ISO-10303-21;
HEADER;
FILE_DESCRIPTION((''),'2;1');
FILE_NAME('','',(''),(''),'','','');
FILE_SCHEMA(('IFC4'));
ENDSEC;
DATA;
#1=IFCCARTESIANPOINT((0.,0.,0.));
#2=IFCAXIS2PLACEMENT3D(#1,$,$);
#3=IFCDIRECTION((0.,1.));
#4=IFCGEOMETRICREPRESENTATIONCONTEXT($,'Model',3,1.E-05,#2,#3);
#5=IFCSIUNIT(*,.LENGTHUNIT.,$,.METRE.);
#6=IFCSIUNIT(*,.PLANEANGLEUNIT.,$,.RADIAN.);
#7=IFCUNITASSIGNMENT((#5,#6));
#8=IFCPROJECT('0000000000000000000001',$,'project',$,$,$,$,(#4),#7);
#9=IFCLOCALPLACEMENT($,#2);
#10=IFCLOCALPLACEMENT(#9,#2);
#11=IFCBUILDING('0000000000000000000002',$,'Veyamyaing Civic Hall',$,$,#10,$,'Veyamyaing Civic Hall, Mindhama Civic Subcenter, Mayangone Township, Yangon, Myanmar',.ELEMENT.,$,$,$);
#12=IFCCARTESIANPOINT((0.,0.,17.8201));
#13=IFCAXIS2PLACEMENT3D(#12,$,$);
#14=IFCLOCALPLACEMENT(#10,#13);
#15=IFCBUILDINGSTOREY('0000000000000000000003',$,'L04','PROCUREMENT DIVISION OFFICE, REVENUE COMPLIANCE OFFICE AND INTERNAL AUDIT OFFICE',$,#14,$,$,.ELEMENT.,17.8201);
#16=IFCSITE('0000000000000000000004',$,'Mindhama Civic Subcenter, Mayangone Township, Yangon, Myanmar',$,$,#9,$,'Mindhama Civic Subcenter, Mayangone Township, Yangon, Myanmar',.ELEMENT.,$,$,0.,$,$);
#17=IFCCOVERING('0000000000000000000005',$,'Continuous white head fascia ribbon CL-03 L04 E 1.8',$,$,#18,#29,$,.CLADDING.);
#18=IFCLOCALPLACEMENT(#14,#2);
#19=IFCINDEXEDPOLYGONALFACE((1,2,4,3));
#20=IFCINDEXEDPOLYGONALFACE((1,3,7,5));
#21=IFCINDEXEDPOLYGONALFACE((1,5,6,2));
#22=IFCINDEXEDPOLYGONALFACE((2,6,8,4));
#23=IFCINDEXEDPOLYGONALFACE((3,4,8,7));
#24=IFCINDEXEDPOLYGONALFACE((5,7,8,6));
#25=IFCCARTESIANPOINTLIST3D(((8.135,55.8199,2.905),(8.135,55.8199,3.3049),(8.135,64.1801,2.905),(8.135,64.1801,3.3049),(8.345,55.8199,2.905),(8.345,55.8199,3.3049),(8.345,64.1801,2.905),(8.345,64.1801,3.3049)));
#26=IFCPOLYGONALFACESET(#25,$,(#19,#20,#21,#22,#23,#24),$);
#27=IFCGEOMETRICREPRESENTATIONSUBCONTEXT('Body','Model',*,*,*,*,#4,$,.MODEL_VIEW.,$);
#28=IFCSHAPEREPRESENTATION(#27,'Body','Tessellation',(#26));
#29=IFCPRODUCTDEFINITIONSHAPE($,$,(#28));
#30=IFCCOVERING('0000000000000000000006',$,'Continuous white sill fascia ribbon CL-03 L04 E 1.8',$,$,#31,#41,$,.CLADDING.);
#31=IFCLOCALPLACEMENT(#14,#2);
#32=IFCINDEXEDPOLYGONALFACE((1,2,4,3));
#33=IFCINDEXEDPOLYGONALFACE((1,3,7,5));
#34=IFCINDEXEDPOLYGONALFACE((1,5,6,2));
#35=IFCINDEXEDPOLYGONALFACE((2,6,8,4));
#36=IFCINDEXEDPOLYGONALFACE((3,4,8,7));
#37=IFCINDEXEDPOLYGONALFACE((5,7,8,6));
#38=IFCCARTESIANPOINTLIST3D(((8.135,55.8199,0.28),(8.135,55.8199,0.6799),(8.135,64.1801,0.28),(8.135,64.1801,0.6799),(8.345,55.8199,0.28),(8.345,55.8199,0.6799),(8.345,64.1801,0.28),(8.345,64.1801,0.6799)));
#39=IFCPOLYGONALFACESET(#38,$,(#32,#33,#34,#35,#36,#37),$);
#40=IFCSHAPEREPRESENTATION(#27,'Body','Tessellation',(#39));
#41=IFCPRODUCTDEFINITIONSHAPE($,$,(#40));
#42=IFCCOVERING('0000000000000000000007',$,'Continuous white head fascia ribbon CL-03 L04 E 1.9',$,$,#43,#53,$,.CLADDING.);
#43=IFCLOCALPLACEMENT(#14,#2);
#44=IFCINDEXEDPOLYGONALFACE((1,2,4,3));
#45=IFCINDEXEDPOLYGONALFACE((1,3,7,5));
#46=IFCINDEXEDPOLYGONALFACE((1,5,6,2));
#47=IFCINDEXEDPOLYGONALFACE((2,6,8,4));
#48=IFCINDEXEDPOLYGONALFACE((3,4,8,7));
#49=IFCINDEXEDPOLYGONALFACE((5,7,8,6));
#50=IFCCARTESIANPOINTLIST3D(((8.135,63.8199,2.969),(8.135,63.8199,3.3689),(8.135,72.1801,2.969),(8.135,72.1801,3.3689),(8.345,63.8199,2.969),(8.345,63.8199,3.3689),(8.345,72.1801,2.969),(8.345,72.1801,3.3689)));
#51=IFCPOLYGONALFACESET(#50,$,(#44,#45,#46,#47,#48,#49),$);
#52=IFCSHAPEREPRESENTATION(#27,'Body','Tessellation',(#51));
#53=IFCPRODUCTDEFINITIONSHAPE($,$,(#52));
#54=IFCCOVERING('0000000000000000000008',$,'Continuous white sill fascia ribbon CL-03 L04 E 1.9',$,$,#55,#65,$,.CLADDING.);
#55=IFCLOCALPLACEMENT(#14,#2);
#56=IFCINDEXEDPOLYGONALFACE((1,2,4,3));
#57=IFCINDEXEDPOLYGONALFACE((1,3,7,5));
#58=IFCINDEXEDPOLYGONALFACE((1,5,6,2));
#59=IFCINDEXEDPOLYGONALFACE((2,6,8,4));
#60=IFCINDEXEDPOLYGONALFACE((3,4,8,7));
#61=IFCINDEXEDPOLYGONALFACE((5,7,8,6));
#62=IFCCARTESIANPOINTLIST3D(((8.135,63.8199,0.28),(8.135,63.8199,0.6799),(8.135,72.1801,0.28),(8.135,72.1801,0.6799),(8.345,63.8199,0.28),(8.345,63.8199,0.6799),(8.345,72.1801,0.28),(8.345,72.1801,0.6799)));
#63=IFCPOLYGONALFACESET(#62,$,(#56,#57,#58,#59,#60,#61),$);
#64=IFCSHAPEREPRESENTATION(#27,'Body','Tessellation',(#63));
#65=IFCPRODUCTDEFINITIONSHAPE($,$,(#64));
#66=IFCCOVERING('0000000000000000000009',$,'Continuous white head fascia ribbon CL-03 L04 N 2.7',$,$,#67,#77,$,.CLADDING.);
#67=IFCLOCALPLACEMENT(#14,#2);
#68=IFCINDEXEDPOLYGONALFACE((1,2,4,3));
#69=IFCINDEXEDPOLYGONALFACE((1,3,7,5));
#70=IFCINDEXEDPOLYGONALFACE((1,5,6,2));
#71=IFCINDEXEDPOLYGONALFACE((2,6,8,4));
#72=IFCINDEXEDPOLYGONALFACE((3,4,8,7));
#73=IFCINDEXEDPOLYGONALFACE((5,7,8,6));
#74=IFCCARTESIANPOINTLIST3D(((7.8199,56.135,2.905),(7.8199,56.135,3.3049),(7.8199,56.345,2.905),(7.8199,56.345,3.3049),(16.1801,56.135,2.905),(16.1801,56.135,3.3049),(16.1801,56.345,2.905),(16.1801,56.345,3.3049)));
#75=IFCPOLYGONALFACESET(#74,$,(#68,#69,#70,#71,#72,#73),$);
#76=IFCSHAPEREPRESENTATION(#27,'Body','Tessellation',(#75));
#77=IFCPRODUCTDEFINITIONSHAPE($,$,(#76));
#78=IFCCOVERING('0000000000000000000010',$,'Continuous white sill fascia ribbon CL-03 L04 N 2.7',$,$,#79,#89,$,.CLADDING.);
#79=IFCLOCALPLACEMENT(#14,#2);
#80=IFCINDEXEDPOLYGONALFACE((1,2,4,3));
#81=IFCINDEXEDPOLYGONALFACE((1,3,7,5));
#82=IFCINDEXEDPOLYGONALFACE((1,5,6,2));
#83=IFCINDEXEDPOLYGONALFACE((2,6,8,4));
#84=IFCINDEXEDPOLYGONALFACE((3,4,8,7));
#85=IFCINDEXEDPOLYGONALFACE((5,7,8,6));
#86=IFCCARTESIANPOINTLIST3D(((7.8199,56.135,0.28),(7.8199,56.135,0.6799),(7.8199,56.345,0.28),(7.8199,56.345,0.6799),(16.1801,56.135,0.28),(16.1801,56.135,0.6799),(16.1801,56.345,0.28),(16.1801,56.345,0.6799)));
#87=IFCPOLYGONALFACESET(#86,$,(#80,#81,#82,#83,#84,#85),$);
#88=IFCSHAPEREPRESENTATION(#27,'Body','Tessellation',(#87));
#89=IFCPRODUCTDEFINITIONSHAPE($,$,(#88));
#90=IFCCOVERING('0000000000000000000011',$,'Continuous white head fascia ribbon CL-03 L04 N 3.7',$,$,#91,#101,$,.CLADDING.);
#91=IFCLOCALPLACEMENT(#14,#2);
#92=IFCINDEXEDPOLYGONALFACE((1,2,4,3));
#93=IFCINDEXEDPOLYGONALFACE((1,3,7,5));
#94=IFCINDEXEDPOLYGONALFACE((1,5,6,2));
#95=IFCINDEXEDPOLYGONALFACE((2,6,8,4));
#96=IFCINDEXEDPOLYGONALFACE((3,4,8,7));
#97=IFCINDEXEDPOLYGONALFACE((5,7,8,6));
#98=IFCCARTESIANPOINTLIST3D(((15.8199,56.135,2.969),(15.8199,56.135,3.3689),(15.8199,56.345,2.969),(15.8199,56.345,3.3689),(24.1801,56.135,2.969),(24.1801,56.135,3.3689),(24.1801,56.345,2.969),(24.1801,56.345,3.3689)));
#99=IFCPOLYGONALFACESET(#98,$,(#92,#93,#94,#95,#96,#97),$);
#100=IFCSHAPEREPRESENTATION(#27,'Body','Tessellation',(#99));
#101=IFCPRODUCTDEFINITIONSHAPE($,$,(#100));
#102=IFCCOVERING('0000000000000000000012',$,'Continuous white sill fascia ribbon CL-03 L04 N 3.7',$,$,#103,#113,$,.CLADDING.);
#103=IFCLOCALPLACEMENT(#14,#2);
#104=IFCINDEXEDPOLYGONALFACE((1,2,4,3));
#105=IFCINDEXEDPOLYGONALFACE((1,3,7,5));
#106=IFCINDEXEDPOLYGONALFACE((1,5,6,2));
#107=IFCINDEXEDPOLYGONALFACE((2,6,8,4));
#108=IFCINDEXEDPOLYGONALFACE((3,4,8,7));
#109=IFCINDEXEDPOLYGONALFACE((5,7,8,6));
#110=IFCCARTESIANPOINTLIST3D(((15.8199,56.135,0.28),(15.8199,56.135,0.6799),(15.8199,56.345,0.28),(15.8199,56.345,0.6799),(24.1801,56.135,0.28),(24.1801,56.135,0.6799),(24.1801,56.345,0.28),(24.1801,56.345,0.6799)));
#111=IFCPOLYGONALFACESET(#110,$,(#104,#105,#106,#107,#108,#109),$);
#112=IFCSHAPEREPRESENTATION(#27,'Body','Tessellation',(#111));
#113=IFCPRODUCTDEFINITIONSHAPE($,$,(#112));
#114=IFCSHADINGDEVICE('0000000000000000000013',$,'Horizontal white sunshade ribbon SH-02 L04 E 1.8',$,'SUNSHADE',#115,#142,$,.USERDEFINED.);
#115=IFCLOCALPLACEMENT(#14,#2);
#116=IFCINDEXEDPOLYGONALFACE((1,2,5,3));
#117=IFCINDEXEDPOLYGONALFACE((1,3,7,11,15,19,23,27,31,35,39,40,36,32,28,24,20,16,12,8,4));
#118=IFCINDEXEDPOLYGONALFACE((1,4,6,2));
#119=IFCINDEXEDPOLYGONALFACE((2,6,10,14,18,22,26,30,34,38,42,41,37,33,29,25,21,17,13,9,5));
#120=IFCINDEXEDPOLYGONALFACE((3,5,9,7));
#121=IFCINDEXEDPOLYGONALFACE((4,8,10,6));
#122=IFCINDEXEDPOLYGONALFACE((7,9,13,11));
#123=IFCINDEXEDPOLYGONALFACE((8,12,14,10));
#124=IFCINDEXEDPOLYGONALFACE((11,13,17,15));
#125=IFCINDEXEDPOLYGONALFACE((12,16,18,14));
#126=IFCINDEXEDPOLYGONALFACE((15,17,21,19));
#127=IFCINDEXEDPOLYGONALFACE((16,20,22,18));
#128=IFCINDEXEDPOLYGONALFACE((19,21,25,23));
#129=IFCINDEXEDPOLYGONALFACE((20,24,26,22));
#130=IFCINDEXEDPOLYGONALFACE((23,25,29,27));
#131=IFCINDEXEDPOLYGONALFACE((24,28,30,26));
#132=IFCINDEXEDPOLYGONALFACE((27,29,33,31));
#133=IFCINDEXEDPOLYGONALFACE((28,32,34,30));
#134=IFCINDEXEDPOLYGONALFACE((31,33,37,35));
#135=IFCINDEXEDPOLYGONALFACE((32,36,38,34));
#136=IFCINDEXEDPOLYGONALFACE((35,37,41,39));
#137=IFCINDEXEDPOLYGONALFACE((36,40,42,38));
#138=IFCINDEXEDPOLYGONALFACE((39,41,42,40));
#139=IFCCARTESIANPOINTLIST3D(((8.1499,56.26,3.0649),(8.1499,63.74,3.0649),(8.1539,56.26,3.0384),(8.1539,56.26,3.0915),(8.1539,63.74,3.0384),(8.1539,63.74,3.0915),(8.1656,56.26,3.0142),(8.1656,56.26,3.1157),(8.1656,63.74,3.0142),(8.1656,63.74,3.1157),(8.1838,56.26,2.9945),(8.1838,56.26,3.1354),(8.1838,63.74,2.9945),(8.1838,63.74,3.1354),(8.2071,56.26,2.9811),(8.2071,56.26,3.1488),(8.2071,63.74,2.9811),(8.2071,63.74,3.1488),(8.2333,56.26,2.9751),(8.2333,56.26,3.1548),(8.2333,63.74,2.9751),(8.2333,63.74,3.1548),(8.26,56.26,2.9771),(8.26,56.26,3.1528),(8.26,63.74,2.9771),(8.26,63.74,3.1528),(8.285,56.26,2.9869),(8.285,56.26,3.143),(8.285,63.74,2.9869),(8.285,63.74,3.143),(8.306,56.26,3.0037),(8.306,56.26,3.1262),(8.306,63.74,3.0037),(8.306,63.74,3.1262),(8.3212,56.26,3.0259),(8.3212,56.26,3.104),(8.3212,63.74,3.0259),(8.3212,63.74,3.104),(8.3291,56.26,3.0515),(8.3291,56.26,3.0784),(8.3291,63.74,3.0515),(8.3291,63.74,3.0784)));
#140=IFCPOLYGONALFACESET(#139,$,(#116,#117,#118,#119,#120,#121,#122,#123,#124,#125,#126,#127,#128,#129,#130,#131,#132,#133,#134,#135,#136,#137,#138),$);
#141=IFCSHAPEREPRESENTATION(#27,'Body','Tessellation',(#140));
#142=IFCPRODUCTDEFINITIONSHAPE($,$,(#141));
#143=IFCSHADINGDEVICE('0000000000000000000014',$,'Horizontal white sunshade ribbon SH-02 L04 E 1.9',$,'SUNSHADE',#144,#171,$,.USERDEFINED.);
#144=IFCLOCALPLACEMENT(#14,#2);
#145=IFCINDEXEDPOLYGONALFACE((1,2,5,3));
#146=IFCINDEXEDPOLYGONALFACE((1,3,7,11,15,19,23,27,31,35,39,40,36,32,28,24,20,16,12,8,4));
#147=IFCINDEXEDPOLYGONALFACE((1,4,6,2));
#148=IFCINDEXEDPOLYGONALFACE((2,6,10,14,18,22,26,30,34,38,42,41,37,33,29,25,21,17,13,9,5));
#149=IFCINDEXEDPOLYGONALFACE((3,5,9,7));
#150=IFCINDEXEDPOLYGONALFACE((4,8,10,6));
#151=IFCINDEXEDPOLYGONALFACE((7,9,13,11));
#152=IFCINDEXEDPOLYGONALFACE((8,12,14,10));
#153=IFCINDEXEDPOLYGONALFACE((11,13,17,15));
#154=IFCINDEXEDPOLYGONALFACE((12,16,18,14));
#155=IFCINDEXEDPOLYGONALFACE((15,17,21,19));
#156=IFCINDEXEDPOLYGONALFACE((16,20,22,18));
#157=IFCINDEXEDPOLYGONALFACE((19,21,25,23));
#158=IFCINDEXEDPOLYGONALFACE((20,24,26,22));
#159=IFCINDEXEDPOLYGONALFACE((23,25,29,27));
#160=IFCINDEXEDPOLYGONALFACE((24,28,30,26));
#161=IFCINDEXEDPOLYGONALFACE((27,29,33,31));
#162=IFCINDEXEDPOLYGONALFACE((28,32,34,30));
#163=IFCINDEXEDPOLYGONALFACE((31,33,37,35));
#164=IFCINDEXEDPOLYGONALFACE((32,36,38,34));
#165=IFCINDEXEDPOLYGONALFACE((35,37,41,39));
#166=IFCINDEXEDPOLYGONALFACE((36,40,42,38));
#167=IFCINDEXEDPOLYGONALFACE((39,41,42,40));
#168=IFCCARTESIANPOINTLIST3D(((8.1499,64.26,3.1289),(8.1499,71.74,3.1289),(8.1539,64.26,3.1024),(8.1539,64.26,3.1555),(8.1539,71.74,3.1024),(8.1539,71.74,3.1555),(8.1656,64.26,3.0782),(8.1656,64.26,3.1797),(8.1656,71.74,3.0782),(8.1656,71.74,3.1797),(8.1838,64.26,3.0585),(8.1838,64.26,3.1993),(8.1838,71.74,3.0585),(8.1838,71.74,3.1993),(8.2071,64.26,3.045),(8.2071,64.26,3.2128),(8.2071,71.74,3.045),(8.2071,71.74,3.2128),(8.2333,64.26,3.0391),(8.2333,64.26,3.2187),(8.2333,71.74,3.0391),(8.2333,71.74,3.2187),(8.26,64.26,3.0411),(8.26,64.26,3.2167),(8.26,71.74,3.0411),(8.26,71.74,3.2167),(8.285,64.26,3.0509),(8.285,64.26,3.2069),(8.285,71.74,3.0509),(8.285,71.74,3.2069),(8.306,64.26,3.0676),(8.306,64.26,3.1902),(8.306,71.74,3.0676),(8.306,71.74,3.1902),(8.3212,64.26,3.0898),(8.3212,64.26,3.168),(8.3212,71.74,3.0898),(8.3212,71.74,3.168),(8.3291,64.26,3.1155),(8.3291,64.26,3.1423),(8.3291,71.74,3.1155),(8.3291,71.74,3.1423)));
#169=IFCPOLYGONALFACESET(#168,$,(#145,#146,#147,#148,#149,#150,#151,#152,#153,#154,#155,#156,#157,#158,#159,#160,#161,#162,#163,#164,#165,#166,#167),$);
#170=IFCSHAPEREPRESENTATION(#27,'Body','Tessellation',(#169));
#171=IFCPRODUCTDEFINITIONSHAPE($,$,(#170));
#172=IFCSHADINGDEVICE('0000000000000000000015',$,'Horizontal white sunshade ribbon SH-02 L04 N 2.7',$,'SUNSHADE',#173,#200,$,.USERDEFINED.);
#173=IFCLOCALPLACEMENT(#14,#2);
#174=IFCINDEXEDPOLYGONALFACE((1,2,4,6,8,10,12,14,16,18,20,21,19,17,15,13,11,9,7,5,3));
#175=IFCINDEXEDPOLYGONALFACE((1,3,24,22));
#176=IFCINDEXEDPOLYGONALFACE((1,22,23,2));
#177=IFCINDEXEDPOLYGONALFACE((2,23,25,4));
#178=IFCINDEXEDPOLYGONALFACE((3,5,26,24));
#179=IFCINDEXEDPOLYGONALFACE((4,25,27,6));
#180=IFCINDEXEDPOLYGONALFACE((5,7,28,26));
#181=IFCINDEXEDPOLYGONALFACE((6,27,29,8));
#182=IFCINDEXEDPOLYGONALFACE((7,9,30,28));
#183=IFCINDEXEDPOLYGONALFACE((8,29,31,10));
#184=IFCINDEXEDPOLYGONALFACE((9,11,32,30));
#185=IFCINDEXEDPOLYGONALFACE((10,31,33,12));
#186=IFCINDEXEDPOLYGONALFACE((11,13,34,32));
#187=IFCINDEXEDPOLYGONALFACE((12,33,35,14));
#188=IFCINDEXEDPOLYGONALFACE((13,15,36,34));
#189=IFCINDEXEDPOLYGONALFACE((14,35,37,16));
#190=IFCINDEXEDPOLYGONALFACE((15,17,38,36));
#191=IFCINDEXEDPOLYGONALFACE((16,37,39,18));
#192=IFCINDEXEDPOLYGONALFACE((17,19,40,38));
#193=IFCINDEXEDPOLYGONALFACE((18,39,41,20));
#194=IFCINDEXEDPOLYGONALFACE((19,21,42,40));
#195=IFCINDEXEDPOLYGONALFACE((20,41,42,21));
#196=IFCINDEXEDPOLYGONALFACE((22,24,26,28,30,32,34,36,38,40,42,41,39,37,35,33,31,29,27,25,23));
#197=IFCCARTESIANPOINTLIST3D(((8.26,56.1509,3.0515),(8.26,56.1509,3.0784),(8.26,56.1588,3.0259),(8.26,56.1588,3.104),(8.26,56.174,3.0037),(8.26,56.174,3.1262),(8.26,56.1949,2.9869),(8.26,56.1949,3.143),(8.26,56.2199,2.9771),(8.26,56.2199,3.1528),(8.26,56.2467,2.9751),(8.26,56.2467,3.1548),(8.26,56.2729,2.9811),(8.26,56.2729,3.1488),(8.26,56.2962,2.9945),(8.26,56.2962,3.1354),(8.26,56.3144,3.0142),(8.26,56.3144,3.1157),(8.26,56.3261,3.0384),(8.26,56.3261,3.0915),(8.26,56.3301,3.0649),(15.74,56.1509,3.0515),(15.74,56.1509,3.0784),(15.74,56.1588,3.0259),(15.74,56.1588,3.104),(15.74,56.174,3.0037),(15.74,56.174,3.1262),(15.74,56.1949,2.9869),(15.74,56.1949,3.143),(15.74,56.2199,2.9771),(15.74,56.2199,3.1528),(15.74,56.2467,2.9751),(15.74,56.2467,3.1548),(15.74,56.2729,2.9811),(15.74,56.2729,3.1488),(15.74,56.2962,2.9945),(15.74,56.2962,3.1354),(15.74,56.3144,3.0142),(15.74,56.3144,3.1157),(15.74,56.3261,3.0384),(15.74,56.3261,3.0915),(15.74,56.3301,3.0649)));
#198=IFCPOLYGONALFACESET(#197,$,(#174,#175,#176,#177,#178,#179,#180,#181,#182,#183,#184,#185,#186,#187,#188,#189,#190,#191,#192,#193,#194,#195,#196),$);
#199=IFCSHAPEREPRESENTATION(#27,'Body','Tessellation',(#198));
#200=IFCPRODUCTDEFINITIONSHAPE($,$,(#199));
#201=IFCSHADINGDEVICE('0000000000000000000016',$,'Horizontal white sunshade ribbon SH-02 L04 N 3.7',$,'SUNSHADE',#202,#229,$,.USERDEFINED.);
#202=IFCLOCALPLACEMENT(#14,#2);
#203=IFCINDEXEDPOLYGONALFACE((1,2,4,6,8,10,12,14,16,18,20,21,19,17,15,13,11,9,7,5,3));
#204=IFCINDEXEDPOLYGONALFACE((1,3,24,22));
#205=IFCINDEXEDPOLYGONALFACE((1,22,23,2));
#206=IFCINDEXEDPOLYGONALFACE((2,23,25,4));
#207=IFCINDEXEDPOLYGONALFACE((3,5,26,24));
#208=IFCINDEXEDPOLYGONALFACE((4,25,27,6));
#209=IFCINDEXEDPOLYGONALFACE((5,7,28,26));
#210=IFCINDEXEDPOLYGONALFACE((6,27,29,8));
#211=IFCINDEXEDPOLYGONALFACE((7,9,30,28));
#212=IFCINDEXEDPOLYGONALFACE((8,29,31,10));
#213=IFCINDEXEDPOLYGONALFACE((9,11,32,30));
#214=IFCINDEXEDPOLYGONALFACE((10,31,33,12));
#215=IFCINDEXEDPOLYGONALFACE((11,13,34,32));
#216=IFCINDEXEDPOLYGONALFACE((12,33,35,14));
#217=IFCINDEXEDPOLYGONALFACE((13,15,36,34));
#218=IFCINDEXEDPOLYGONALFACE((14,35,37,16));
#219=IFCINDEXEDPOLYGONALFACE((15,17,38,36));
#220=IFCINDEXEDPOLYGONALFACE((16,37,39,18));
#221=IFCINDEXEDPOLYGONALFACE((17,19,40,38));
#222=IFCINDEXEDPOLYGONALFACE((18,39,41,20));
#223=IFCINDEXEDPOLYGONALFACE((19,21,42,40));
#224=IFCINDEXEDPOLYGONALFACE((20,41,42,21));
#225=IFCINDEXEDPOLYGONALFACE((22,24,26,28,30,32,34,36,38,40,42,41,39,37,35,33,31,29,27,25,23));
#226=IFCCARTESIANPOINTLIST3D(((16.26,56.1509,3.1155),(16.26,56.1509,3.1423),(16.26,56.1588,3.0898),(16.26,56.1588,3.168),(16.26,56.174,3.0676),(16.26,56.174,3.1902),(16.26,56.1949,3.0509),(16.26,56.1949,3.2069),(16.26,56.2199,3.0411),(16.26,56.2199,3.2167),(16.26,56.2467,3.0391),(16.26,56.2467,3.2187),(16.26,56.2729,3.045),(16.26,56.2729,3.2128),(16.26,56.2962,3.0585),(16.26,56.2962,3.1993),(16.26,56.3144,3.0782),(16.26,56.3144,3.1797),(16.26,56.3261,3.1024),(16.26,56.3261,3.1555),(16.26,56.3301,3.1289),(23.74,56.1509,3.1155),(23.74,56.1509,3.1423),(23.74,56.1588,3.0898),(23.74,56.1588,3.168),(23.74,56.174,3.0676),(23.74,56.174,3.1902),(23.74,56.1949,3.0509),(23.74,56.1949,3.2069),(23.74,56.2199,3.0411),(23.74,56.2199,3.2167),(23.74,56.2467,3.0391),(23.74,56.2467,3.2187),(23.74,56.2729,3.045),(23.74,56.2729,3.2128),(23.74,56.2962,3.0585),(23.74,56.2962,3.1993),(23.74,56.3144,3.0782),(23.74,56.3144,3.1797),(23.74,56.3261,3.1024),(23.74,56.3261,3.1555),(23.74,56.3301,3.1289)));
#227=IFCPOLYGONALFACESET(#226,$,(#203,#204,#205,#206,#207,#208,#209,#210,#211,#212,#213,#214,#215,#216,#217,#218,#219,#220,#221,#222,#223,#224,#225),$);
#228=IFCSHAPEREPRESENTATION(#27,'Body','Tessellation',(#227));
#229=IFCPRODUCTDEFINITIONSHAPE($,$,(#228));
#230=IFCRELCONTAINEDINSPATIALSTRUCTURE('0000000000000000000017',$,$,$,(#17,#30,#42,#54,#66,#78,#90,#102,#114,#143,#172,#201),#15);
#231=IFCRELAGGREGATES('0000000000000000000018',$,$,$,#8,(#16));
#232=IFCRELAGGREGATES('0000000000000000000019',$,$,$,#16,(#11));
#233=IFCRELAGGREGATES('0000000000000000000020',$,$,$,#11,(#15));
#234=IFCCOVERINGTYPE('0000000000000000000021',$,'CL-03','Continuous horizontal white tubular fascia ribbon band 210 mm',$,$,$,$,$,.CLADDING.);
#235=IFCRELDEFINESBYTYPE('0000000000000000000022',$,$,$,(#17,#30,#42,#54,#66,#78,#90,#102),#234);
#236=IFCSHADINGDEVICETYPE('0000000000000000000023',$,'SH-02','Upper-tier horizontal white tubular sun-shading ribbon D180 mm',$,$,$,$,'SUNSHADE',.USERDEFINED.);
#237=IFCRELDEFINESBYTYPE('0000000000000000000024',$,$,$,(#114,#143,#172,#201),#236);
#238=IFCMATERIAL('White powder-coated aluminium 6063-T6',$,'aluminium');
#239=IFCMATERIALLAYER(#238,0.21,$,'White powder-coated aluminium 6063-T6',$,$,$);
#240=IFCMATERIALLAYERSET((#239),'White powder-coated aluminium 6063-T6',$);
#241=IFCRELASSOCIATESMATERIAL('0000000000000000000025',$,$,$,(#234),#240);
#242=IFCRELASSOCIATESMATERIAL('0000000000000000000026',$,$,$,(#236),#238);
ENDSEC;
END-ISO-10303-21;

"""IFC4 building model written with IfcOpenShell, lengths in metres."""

from ifc_helpers import new_model, si_unit, direction, frame, origin, origin_2d, place, context, subcontext, project, spatial, rectangle, circle, extrude, material, layer, layer_set, material_profile, profile_set, type_object, element, save


model = new_model("IFC4")

# Units and contexts
model_context = context("Model", 3, precision=1e-05, world=origin(), true_north=direction((0.0, 1.0)))
body_context = subcontext(model_context, "Body", "Model", "MODEL_VIEW")
ifc_project = project(units=[si_unit("LENGTHUNIT", "METRE"), si_unit("PLANEANGLEUNIT", "RADIAN")], contexts=[model_context])

# Site, building, storey
site_placement = place(None, origin())
site = spatial("IfcSite", under=ifc_project, at=site_placement, Name="Mindhama Civic Subcenter, Mayangone Township, Yangon, Myanmar", LongName="Mindhama Civic Subcenter, Mayangone Township, Yangon, Myanmar", CompositionType="ELEMENT", RefElevation=0.0)
building_placement = place(site_placement, origin())
building = spatial("IfcBuilding", under=site, at=building_placement, Name="Veyamyaing Civic Hall", LongName="Veyamyaing Civic Hall, Mindhama Civic Subcenter, Mayangone Township, Yangon, Myanmar", CompositionType="ELEMENT")
storey_placement = place(building_placement, frame((0.0, 0.0, 17.8201)))
storey = spatial("IfcBuildingStorey", under=building, at=storey_placement, Name="L04", Description="PROCUREMENT DIVISION OFFICE, REVENUE COMPLIANCE OFFICE AND INTERNAL AUDIT OFFICE", CompositionType="ELEMENT", Elevation=17.8201)

# Coverings
ifc_material_1 = material(Name="White powder-coated aluminium 6063-T6", Category="aluminium")
ifc_layer_1 = layer(ifc_material_1, 0.21, Name="White powder-coated aluminium 6063-T6")
ifc_layer_set_1 = layer_set([ifc_layer_1], Name="White powder-coated aluminium 6063-T6")
covering_type_1 = type_object("IfcCoveringType", Name="CL-03", Description="Continuous horizontal white tubular fascia ribbon band 210 mm", PredefinedType="CLADDING", material=ifc_layer_set_1)
for number, where, z_axis, x_axis, name in (
    (1, (8.24, 60.0, 2.905), (0.0, 0.0, 1.0), (0.0, 1.0, 0.0), "Continuous white head fascia ribbon CL-03 L04 E 1.8"),
    (2, (8.24, 60.0, 0.28), (0.0, 0.0, 1.0), (0.0, 1.0, 0.0), "Continuous white sill fascia ribbon CL-03 L04 E 1.8"),
    (3, (8.24, 68.0, 2.969), (0.0, 0.0, 1.0), (0.0, 1.0, 0.0), "Continuous white head fascia ribbon CL-03 L04 E 1.9"),
    (4, (8.24, 68.0, 0.28), (0.0, 0.0, 1.0), (0.0, 1.0, 0.0), "Continuous white sill fascia ribbon CL-03 L04 E 1.9"),
    (5, (12.0, 56.24, 2.905), (0.0, 0.0, 1.0), (1.0, 0.0, 0.0), "Continuous white head fascia ribbon CL-03 L04 N 2.7"),
    (6, (12.0, 56.24, 0.28), (0.0, 0.0, 1.0), (1.0, 0.0, 0.0), "Continuous white sill fascia ribbon CL-03 L04 N 2.7"),
    (7, (20.0, 56.24, 2.969), (0.0, 0.0, 1.0), (1.0, 0.0, 0.0), "Continuous white head fascia ribbon CL-03 L04 N 3.7"),
    (8, (20.0, 56.24, 0.28), (0.0, 0.0, 1.0), (1.0, 0.0, 0.0), "Continuous white sill fascia ribbon CL-03 L04 N 3.7"),
):
    element("IfcCovering", number, at=place(storey_placement, frame(where, z_axis=z_axis, x_axis=x_axis)), inside=storey, type_object=covering_type_1, Name=name, PredefinedType="CLADDING", context=body_context, shape_type="SweptSolid", body=[
        extrude(rectangle(XDim=8.3601, YDim=0.21, at=origin_2d()), origin(), (0.0, 0.0, 1.0), 0.3999),
    ])

# Shading devices
ifc_material_profile_1 = material_profile(ifc_material_1, circle(Radius=0.0901, at=origin_2d()), Name="SHADE-TUBE-180")
ifc_profile_set_1 = profile_set([ifc_material_profile_1], Name="White powder-coated aluminium 6063-T6")
shading_device_type = type_object("IfcShadingDeviceType", Name="SH-02", Description="Upper-tier horizontal white tubular sun-shading ribbon D180 mm", ElementType="SUNSHADE", PredefinedType="USERDEFINED", material=ifc_profile_set_1)
for number, where, z_axis, x_axis, name in (
    (9, (8.24, 56.26, 3.0649), (0.0, 1.0, 0.0), (-1.0, 0.0, 0.0), "Horizontal white sunshade ribbon SH-02 L04 E 1.8"),
    (10, (8.24, 64.26, 3.1289), (0.0, 1.0, 0.0), (-1.0, 0.0, 0.0), "Horizontal white sunshade ribbon SH-02 L04 E 1.9"),
    (11, (8.26, 56.24, 3.0649), (1.0, 0.0, 0.0), (0.0, 1.0, 0.0), "Horizontal white sunshade ribbon SH-02 L04 N 2.7"),
    (12, (16.26, 56.24, 3.1289), (1.0, 0.0, 0.0), (0.0, 1.0, 0.0), "Horizontal white sunshade ribbon SH-02 L04 N 3.7"),
):
    element("IfcShadingDevice", number, at=place(storey_placement, frame(where, z_axis=z_axis, x_axis=x_axis)), inside=storey, type_object=shading_device_type, Name=name, ObjectType="SUNSHADE", PredefinedType="USERDEFINED", context=body_context, shape_type="SweptSolid", body=[
        extrude(circle(Radius=0.0901, at=origin_2d()), origin(), (0.0, 0.0, 1.0), 7.48),
    ])

save(model, "model.ifc")
